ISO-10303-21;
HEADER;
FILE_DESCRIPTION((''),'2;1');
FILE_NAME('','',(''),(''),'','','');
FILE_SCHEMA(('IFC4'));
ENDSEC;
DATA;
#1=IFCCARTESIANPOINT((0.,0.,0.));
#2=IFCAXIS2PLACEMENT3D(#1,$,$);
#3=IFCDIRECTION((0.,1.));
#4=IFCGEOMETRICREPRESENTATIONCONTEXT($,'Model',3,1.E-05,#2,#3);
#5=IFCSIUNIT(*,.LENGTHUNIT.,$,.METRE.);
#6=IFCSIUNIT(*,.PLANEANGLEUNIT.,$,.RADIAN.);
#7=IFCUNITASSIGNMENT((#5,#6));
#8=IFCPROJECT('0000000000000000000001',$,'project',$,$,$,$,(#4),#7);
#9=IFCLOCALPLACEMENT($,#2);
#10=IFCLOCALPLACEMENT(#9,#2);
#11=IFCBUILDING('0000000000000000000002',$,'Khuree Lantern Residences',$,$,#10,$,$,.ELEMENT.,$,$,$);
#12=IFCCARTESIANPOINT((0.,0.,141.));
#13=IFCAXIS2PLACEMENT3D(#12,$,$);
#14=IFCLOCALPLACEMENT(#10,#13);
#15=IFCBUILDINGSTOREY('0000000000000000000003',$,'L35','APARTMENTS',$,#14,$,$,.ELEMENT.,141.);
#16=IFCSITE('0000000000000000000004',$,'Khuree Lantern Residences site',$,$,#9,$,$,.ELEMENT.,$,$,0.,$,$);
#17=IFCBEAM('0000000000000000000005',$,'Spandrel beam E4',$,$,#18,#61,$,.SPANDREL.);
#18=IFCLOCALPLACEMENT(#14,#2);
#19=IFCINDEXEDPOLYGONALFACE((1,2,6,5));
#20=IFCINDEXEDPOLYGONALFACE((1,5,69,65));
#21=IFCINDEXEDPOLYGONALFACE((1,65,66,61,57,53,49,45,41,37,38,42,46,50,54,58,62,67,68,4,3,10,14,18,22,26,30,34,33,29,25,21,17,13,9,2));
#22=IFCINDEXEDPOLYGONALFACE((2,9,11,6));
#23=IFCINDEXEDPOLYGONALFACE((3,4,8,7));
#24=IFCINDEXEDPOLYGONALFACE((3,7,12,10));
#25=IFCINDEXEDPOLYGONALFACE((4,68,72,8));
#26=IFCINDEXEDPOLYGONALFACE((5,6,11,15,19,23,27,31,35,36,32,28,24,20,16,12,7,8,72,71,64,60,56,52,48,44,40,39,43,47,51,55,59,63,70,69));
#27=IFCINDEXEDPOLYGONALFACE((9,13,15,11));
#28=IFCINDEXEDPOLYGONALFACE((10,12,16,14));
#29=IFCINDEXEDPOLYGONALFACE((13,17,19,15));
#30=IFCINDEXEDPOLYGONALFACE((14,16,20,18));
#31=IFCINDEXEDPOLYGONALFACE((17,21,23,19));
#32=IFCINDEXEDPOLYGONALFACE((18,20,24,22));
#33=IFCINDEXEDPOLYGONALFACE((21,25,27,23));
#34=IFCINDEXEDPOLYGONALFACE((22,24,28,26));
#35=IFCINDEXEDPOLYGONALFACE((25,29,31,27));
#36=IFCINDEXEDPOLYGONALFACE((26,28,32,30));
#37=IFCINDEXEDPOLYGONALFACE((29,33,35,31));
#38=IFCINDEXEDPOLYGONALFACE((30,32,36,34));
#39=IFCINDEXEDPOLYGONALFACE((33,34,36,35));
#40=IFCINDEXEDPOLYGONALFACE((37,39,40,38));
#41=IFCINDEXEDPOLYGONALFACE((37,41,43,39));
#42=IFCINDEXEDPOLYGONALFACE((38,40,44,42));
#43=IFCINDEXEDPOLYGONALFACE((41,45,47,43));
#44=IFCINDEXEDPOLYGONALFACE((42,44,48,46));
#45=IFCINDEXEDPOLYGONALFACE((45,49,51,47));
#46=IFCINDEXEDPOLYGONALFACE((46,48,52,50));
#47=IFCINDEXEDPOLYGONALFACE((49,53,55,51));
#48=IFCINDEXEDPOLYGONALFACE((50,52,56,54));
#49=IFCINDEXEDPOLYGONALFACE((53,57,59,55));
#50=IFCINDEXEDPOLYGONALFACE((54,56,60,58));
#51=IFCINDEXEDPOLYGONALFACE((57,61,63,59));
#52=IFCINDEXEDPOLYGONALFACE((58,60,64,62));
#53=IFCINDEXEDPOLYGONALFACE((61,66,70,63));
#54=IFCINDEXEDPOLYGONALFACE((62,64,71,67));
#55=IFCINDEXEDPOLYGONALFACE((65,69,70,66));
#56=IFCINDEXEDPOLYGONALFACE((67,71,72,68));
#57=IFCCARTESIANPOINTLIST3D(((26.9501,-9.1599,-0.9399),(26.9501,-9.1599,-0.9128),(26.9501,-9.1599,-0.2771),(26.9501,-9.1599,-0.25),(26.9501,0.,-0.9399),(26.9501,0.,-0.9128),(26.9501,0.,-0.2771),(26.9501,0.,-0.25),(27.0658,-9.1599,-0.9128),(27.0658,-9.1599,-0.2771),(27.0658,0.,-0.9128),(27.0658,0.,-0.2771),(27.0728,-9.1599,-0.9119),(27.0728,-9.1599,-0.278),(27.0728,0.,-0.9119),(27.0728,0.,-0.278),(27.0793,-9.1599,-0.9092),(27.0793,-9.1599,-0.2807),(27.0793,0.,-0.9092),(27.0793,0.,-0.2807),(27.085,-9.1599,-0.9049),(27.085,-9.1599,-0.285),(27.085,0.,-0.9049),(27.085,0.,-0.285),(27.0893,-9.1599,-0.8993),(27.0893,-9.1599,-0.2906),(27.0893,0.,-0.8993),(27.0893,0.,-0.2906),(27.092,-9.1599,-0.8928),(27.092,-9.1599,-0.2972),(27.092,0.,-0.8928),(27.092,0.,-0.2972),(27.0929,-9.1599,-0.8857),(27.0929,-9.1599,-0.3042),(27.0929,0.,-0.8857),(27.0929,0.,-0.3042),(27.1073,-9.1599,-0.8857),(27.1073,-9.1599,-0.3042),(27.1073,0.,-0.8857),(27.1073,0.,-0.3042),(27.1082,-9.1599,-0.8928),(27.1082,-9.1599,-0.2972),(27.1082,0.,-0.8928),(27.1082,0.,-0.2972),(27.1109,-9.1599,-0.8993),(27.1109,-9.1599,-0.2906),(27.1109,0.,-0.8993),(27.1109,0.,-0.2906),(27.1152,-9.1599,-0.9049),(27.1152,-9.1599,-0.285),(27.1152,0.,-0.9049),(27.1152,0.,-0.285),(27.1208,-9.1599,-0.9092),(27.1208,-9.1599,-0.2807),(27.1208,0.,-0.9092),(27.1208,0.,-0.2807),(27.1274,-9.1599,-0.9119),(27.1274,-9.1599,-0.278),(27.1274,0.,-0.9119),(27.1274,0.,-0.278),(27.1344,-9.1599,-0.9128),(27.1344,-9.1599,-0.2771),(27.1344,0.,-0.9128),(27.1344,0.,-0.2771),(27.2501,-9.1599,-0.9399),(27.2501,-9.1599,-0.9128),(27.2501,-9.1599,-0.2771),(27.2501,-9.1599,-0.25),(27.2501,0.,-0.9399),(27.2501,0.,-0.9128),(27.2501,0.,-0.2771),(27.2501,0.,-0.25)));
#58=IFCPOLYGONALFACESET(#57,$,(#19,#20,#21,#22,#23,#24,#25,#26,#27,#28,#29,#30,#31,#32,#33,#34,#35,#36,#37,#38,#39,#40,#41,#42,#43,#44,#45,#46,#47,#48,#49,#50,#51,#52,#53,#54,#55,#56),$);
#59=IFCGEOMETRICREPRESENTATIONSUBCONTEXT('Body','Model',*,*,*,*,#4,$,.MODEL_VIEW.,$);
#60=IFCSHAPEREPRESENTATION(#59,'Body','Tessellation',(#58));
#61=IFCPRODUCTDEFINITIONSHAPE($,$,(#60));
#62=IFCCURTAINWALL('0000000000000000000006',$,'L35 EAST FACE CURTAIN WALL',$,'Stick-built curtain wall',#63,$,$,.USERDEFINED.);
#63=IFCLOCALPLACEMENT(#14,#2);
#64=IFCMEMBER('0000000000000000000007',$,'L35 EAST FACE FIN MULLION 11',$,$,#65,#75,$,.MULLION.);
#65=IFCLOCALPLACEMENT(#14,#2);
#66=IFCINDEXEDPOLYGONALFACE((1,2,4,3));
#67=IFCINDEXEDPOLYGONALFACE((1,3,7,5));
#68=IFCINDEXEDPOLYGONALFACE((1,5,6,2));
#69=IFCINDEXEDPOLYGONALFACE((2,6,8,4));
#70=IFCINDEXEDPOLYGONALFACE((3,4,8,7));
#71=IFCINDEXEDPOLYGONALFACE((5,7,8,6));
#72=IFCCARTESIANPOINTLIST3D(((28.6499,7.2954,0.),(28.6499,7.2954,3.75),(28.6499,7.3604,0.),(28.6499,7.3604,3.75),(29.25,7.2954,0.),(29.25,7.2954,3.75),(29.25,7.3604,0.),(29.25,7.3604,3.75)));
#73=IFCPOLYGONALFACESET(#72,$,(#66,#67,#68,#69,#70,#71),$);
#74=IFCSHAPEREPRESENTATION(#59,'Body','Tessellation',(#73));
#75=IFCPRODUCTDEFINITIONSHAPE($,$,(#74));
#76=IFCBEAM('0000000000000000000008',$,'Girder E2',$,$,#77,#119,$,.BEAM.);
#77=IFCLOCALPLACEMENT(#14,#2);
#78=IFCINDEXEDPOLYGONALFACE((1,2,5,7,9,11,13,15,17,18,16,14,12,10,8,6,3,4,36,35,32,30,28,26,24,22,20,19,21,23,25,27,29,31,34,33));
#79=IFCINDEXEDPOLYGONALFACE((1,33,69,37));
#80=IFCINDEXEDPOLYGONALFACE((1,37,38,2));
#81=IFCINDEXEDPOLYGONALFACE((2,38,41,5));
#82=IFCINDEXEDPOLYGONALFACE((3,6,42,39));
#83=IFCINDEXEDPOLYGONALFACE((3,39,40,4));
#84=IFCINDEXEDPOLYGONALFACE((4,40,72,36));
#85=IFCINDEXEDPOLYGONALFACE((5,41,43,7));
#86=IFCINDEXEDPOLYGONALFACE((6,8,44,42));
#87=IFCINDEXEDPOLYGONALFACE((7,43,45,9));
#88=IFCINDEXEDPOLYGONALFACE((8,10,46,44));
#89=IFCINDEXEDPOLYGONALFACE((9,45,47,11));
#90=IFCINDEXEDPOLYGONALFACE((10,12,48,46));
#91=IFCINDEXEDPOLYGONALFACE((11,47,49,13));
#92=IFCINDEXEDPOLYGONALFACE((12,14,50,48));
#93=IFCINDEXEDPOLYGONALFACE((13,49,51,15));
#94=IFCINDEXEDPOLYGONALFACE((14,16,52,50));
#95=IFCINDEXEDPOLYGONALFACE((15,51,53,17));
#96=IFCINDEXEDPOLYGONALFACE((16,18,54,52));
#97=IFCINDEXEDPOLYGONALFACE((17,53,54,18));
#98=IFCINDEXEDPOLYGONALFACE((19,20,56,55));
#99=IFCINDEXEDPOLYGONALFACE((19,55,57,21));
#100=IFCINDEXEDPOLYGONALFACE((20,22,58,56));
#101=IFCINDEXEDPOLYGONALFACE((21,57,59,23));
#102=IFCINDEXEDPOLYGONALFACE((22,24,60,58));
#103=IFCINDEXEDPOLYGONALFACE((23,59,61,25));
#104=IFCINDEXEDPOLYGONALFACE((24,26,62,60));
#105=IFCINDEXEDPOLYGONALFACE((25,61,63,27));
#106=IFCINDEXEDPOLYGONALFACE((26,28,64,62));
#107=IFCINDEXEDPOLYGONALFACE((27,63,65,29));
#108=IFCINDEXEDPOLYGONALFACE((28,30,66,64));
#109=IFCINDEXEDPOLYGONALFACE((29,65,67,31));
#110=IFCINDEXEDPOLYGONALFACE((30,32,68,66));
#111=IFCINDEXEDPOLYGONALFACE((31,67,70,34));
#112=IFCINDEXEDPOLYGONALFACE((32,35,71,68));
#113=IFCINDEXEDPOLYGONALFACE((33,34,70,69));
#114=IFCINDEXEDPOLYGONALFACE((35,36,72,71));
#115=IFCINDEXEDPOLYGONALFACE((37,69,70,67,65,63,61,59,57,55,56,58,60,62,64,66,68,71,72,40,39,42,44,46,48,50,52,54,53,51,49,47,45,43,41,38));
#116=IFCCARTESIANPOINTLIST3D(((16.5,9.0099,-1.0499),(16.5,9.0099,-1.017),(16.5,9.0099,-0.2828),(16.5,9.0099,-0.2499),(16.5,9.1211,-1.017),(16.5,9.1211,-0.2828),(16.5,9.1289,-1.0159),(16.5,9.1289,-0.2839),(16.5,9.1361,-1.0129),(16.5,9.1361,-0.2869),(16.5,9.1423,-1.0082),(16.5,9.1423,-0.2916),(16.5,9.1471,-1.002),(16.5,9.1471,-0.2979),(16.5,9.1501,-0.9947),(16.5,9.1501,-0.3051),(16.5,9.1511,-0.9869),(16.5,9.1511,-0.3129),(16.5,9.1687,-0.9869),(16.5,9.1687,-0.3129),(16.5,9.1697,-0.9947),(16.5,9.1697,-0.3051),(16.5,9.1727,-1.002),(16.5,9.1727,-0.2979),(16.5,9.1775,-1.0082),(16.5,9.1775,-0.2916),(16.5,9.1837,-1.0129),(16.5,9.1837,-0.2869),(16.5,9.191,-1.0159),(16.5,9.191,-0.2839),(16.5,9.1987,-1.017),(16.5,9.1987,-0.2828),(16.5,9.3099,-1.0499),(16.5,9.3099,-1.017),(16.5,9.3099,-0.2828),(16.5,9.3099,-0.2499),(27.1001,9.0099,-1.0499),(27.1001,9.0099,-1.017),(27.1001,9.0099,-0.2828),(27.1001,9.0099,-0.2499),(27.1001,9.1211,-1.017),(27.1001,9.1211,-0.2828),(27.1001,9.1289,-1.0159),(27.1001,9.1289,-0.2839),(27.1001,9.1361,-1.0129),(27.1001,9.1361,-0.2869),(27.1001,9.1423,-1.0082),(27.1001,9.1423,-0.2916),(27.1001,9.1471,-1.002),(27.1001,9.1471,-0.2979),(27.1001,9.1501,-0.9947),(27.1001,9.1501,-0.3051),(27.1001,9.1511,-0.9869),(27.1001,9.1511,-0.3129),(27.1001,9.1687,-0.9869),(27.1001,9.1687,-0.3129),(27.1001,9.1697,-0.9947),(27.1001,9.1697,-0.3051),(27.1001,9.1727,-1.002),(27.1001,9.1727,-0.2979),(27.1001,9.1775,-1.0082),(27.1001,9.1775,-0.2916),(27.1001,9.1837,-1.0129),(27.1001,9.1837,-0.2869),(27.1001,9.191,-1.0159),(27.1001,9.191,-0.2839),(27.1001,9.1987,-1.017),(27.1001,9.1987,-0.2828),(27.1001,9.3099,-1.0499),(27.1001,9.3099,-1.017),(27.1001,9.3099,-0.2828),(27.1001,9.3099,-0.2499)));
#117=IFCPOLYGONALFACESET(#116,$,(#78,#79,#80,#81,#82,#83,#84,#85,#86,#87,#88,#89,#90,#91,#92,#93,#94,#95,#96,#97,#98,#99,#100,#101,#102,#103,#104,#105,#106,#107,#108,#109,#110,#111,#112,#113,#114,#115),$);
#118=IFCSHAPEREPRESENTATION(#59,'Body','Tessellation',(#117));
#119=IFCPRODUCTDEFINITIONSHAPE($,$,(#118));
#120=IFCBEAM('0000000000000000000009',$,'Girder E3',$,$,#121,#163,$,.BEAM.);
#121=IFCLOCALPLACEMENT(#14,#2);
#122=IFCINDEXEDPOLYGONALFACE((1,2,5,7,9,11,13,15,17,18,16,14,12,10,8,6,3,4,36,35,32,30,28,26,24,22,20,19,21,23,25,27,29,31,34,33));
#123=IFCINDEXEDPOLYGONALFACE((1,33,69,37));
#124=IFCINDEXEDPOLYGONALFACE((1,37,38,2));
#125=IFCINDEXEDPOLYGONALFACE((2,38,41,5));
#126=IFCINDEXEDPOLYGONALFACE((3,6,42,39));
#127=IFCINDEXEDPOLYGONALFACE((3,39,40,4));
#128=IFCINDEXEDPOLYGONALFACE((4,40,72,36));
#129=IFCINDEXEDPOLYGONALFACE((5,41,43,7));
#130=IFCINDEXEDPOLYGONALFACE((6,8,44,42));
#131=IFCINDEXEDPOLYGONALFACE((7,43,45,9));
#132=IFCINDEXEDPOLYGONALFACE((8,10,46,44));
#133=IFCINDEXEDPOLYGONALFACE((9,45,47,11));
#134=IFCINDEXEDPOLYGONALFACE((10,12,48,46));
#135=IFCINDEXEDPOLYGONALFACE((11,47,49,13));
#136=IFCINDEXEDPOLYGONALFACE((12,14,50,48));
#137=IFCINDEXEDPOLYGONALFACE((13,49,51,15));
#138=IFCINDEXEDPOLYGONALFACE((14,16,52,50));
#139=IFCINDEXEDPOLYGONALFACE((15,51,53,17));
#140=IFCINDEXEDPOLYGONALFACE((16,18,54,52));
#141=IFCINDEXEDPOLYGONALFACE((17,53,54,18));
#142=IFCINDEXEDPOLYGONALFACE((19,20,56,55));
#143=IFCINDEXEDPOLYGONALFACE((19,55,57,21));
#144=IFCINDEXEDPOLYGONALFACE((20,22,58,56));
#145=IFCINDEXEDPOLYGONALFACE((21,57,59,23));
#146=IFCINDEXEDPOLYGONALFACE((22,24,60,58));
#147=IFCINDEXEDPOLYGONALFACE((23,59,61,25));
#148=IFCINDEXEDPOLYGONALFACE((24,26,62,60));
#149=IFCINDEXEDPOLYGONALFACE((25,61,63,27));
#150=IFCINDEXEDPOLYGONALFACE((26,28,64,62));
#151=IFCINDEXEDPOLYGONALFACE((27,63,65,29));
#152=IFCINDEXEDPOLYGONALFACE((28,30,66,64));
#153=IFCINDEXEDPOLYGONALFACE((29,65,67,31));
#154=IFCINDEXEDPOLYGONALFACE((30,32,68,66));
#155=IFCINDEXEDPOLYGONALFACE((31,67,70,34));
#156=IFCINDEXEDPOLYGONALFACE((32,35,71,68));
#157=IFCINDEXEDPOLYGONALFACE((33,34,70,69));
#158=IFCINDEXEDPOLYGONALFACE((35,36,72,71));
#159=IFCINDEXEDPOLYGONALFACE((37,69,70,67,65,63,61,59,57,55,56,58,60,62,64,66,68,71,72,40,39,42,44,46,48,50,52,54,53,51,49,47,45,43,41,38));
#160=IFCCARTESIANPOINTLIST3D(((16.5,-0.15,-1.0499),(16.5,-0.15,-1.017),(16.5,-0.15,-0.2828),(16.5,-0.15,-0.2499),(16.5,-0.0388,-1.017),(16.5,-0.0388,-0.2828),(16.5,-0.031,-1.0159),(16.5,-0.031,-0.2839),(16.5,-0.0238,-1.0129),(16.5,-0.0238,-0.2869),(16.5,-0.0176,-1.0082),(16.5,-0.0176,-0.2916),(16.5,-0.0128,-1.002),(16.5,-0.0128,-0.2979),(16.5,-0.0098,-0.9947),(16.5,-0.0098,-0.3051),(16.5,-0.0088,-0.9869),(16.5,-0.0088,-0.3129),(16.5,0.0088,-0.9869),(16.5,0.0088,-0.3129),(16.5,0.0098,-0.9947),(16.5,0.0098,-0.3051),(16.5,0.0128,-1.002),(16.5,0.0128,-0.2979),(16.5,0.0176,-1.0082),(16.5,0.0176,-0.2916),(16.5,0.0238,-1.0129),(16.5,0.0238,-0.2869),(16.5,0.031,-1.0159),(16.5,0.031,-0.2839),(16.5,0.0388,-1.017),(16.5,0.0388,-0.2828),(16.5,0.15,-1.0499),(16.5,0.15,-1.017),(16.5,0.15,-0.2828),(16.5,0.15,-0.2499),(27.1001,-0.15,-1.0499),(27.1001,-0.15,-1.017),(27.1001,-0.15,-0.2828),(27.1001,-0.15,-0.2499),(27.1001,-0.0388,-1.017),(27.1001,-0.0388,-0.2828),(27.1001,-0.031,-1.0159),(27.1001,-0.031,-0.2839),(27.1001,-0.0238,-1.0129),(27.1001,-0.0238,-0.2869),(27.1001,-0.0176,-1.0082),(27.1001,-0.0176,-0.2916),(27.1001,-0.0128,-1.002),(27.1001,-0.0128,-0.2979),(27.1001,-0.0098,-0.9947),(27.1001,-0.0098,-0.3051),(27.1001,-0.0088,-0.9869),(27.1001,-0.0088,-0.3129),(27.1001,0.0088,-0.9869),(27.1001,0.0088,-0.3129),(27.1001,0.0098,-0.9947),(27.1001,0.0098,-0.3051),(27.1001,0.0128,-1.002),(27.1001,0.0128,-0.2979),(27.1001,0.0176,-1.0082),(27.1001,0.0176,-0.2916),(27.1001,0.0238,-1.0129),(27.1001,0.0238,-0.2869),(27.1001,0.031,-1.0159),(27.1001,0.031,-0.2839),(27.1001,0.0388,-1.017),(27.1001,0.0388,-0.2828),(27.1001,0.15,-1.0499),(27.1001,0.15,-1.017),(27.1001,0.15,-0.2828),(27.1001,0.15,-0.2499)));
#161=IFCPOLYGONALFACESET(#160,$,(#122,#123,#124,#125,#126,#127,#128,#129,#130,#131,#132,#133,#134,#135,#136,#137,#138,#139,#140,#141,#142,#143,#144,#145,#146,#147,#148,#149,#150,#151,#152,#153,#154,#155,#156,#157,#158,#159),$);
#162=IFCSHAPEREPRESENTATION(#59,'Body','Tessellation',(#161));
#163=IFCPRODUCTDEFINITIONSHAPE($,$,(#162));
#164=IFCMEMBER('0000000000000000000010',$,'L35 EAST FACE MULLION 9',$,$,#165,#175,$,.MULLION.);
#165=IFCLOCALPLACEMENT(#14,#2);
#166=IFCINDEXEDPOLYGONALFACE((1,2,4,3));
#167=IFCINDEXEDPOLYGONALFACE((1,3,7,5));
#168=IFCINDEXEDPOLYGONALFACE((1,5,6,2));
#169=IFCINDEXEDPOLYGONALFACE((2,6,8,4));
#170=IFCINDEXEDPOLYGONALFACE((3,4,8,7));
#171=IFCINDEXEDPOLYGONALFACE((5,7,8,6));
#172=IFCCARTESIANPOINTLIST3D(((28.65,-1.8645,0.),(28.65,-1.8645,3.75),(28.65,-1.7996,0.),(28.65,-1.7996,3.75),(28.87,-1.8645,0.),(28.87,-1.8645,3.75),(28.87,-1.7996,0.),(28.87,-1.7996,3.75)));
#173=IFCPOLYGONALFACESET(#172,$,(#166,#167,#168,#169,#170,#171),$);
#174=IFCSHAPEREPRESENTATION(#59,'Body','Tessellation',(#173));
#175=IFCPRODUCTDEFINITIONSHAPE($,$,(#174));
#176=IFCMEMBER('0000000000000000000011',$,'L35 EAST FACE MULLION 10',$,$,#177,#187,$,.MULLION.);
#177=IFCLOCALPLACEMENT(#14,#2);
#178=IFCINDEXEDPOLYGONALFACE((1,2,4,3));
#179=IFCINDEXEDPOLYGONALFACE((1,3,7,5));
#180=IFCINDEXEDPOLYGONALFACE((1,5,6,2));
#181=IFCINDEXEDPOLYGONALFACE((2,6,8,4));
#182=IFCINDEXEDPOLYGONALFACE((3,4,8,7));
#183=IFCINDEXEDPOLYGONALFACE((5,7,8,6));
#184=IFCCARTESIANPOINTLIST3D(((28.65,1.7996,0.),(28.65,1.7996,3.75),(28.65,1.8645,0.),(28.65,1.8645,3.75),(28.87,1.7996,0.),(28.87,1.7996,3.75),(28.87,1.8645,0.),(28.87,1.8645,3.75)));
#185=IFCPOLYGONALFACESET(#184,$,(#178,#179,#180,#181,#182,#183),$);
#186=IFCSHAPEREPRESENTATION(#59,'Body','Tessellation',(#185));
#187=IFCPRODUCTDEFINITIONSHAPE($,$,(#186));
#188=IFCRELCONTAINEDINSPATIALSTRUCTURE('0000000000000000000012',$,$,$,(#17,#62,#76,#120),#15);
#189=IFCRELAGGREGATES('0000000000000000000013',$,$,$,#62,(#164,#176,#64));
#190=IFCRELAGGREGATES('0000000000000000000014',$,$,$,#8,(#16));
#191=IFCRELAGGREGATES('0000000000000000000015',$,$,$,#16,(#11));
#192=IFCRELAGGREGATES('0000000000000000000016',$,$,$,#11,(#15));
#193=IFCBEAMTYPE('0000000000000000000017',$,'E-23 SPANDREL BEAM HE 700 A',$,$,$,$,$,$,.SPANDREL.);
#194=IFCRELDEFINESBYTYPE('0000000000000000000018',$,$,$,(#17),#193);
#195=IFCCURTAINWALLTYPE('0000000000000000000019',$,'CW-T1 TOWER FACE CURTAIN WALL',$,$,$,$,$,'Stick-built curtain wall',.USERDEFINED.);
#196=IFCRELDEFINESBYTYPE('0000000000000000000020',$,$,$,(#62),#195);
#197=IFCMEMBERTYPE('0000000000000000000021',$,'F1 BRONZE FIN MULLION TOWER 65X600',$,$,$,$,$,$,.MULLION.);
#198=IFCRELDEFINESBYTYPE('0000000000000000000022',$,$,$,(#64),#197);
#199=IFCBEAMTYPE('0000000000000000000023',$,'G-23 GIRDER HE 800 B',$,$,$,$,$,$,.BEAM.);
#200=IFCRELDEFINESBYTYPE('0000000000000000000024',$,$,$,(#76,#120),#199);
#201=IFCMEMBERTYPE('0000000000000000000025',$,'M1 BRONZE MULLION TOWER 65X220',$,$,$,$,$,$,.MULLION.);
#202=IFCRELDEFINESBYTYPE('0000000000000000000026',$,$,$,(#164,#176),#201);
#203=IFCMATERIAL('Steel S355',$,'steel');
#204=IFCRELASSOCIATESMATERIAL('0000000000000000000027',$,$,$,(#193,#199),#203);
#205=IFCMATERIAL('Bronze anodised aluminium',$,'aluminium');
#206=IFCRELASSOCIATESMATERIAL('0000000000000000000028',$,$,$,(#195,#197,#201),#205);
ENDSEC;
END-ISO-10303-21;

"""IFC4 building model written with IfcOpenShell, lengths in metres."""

from ifc_helpers import new_model, si_unit, direction, frame, origin, origin_2d, place, context, subcontext, project, spatial, rectangle, i_section, extrude, material, material_profile, profile_set, type_object, element, aggregate, save


model = new_model("IFC4")

# Units and contexts
model_context = context("Model", 3, precision=1e-05, world=origin(), true_north=direction((0.0, 1.0)))
body_context = subcontext(model_context, "Body", "Model", "MODEL_VIEW")
ifc_project = project(units=[si_unit("LENGTHUNIT", "METRE"), si_unit("PLANEANGLEUNIT", "RADIAN")], contexts=[model_context])

# Site, building, storey
site_placement = place(None, origin())
site = spatial("IfcSite", under=ifc_project, at=site_placement, Name="Khuree Lantern Residences site", CompositionType="ELEMENT", RefElevation=0.0)
building_placement = place(site_placement, origin())
building = spatial("IfcBuilding", under=site, at=building_placement, Name="Khuree Lantern Residences", CompositionType="ELEMENT")
storey_placement = place(building_placement, frame((0.0, 0.0, 141.0)))
storey = spatial("IfcBuildingStorey", under=building, at=storey_placement, Name="L35", Description="APARTMENTS", CompositionType="ELEMENT", Elevation=141.0)

# Beam
ifc_material_1 = material(Name="Steel S355", Category="steel")
ifc_material_profile_1 = material_profile(ifc_material_1, i_section(OverallWidth=0.3, OverallDepth=0.6899, WebThickness=0.0144, FlangeThickness=0.0271, FilletRadius=0.0271, at=origin_2d()), Name="HE 700 A")
ifc_profile_set_1 = profile_set([ifc_material_profile_1], Name="Steel S355")
beam_type_1 = type_object("IfcBeamType", Name="E-23 SPANDREL BEAM HE 700 A", PredefinedType="SPANDREL", material=ifc_profile_set_1)
for number, where, z_axis, x_axis, name in (
    (1, (27.1001, 0.0, -0.595), (0.0, -1.0, 0.0), (1.0, 0.0, 0.0), "Spandrel beam E4"),
):
    element("IfcBeam", number, at=place(storey_placement, frame(where, z_axis=z_axis, x_axis=x_axis)), inside=storey, type_object=beam_type_1, Name=name, PredefinedType="SPANDREL", context=body_context, shape_type="SweptSolid", body=[
        extrude(i_section(OverallWidth=0.3, OverallDepth=0.6899, WebThickness=0.0144, FlangeThickness=0.0271, FilletRadius=0.0271, at=origin_2d()), origin(), (0.0, 0.0, 1.0), 9.1599),
    ])

# Curtain wall, member
ifc_material_2 = material(Name="Bronze anodised aluminium", Category="aluminium")
curtain_wall_type = type_object("IfcCurtainWallType", Name="CW-T1 TOWER FACE CURTAIN WALL", ElementType="Stick-built curtain wall", PredefinedType="USERDEFINED", material=ifc_material_2)
curtain_wall_placement = place(storey_placement, origin())
curtain_wall = element("IfcCurtainWall", 2, at=curtain_wall_placement, inside=storey, type_object=curtain_wall_type, Name="L35 EAST FACE CURTAIN WALL", ObjectType="Stick-built curtain wall", PredefinedType="USERDEFINED")
ifc_material_profile_2 = material_profile(ifc_material_2, rectangle(XDim=0.0649, YDim=0.6001, at=origin_2d()), Name="F1 65X600")
ifc_profile_set_2 = profile_set([ifc_material_profile_2], Name="Bronze anodised aluminium")
member_type_1 = type_object("IfcMemberType", Name="F1 BRONZE FIN MULLION TOWER 65X600", PredefinedType="MULLION", material=ifc_profile_set_2)
member_1_placement = place(storey_placement, frame((28.95, 7.3279, 0.0), z_axis=(0.0, 0.0, 1.0), x_axis=(0.0, 1.0, 0.0)))
member_1 = element("IfcMember", 3, at=member_1_placement, type_object=member_type_1, Name="L35 EAST FACE FIN MULLION 11", PredefinedType="MULLION", context=body_context, shape_type="SweptSolid", body=[
    extrude(rectangle(XDim=0.0649, YDim=0.6001, at=origin_2d()), origin(), (0.0, 0.0, 1.0), 3.75),
])

# Beams
ifc_material_profile_3 = material_profile(ifc_material_1, i_section(OverallWidth=0.3, OverallDepth=0.8, WebThickness=0.0176, FlangeThickness=0.033, FilletRadius=0.03, at=origin_2d()), Name="HE 800 B")
ifc_profile_set_3 = profile_set([ifc_material_profile_3], Name="Steel S355")
beam_type_2 = type_object("IfcBeamType", Name="G-23 GIRDER HE 800 B", PredefinedType="BEAM", material=ifc_profile_set_3)
for number, where, z_axis, x_axis, name in (
    (4, (27.1001, 9.1599, -0.6499), (-1.0, 0.0, 0.0), (0.0, -1.0, 0.0), "Girder E2"),
    (5, (27.1001, 0.0, -0.6499), (-1.0, 0.0, 0.0), (0.0, -1.0, 0.0), "Girder E3"),
):
    element("IfcBeam", number, at=place(storey_placement, frame(where, z_axis=z_axis, x_axis=x_axis)), inside=storey, type_object=beam_type_2, Name=name, PredefinedType="BEAM", context=body_context, shape_type="SweptSolid", body=[
        extrude(i_section(OverallWidth=0.3, OverallDepth=0.8, WebThickness=0.0176, FlangeThickness=0.033, FilletRadius=0.03, at=origin_2d()), origin(), (0.0, 0.0, 1.0), 10.6001),
    ])

# Members
ifc_material_profile_4 = material_profile(ifc_material_2, rectangle(XDim=0.0649, YDim=0.22, at=origin_2d()), Name="M1 65X220")
ifc_profile_set_4 = profile_set([ifc_material_profile_4], Name="Bronze anodised aluminium")
member_type_2 = type_object("IfcMemberType", Name="M1 BRONZE MULLION TOWER 65X220", PredefinedType="MULLION", material=ifc_profile_set_4)
member_2_placement = place(storey_placement, frame((28.76, -1.832, 0.0), z_axis=(0.0, 0.0, 1.0), x_axis=(0.0, 1.0, 0.0)))
member_2 = element("IfcMember", 6, at=member_2_placement, type_object=member_type_2, Name="L35 EAST FACE MULLION 9", PredefinedType="MULLION", context=body_context, shape_type="SweptSolid", body=[
    extrude(rectangle(XDim=0.0649, YDim=0.22, at=origin_2d()), origin(), (0.0, 0.0, 1.0), 3.75),
])
member_3_placement = place(storey_placement, frame((28.76, 1.832, 0.0), z_axis=(0.0, 0.0, 1.0), x_axis=(0.0, 1.0, 0.0)))
member_3 = element("IfcMember", 7, at=member_3_placement, type_object=member_type_2, Name="L35 EAST FACE MULLION 10", PredefinedType="MULLION", context=body_context, shape_type="SweptSolid", body=[
    extrude(rectangle(XDim=0.0649, YDim=0.22, at=origin_2d()), origin(), (0.0, 0.0, 1.0), 3.75),
])

aggregate(curtain_wall, [member_2, member_3, member_1])

save(model, "model.ifc")
